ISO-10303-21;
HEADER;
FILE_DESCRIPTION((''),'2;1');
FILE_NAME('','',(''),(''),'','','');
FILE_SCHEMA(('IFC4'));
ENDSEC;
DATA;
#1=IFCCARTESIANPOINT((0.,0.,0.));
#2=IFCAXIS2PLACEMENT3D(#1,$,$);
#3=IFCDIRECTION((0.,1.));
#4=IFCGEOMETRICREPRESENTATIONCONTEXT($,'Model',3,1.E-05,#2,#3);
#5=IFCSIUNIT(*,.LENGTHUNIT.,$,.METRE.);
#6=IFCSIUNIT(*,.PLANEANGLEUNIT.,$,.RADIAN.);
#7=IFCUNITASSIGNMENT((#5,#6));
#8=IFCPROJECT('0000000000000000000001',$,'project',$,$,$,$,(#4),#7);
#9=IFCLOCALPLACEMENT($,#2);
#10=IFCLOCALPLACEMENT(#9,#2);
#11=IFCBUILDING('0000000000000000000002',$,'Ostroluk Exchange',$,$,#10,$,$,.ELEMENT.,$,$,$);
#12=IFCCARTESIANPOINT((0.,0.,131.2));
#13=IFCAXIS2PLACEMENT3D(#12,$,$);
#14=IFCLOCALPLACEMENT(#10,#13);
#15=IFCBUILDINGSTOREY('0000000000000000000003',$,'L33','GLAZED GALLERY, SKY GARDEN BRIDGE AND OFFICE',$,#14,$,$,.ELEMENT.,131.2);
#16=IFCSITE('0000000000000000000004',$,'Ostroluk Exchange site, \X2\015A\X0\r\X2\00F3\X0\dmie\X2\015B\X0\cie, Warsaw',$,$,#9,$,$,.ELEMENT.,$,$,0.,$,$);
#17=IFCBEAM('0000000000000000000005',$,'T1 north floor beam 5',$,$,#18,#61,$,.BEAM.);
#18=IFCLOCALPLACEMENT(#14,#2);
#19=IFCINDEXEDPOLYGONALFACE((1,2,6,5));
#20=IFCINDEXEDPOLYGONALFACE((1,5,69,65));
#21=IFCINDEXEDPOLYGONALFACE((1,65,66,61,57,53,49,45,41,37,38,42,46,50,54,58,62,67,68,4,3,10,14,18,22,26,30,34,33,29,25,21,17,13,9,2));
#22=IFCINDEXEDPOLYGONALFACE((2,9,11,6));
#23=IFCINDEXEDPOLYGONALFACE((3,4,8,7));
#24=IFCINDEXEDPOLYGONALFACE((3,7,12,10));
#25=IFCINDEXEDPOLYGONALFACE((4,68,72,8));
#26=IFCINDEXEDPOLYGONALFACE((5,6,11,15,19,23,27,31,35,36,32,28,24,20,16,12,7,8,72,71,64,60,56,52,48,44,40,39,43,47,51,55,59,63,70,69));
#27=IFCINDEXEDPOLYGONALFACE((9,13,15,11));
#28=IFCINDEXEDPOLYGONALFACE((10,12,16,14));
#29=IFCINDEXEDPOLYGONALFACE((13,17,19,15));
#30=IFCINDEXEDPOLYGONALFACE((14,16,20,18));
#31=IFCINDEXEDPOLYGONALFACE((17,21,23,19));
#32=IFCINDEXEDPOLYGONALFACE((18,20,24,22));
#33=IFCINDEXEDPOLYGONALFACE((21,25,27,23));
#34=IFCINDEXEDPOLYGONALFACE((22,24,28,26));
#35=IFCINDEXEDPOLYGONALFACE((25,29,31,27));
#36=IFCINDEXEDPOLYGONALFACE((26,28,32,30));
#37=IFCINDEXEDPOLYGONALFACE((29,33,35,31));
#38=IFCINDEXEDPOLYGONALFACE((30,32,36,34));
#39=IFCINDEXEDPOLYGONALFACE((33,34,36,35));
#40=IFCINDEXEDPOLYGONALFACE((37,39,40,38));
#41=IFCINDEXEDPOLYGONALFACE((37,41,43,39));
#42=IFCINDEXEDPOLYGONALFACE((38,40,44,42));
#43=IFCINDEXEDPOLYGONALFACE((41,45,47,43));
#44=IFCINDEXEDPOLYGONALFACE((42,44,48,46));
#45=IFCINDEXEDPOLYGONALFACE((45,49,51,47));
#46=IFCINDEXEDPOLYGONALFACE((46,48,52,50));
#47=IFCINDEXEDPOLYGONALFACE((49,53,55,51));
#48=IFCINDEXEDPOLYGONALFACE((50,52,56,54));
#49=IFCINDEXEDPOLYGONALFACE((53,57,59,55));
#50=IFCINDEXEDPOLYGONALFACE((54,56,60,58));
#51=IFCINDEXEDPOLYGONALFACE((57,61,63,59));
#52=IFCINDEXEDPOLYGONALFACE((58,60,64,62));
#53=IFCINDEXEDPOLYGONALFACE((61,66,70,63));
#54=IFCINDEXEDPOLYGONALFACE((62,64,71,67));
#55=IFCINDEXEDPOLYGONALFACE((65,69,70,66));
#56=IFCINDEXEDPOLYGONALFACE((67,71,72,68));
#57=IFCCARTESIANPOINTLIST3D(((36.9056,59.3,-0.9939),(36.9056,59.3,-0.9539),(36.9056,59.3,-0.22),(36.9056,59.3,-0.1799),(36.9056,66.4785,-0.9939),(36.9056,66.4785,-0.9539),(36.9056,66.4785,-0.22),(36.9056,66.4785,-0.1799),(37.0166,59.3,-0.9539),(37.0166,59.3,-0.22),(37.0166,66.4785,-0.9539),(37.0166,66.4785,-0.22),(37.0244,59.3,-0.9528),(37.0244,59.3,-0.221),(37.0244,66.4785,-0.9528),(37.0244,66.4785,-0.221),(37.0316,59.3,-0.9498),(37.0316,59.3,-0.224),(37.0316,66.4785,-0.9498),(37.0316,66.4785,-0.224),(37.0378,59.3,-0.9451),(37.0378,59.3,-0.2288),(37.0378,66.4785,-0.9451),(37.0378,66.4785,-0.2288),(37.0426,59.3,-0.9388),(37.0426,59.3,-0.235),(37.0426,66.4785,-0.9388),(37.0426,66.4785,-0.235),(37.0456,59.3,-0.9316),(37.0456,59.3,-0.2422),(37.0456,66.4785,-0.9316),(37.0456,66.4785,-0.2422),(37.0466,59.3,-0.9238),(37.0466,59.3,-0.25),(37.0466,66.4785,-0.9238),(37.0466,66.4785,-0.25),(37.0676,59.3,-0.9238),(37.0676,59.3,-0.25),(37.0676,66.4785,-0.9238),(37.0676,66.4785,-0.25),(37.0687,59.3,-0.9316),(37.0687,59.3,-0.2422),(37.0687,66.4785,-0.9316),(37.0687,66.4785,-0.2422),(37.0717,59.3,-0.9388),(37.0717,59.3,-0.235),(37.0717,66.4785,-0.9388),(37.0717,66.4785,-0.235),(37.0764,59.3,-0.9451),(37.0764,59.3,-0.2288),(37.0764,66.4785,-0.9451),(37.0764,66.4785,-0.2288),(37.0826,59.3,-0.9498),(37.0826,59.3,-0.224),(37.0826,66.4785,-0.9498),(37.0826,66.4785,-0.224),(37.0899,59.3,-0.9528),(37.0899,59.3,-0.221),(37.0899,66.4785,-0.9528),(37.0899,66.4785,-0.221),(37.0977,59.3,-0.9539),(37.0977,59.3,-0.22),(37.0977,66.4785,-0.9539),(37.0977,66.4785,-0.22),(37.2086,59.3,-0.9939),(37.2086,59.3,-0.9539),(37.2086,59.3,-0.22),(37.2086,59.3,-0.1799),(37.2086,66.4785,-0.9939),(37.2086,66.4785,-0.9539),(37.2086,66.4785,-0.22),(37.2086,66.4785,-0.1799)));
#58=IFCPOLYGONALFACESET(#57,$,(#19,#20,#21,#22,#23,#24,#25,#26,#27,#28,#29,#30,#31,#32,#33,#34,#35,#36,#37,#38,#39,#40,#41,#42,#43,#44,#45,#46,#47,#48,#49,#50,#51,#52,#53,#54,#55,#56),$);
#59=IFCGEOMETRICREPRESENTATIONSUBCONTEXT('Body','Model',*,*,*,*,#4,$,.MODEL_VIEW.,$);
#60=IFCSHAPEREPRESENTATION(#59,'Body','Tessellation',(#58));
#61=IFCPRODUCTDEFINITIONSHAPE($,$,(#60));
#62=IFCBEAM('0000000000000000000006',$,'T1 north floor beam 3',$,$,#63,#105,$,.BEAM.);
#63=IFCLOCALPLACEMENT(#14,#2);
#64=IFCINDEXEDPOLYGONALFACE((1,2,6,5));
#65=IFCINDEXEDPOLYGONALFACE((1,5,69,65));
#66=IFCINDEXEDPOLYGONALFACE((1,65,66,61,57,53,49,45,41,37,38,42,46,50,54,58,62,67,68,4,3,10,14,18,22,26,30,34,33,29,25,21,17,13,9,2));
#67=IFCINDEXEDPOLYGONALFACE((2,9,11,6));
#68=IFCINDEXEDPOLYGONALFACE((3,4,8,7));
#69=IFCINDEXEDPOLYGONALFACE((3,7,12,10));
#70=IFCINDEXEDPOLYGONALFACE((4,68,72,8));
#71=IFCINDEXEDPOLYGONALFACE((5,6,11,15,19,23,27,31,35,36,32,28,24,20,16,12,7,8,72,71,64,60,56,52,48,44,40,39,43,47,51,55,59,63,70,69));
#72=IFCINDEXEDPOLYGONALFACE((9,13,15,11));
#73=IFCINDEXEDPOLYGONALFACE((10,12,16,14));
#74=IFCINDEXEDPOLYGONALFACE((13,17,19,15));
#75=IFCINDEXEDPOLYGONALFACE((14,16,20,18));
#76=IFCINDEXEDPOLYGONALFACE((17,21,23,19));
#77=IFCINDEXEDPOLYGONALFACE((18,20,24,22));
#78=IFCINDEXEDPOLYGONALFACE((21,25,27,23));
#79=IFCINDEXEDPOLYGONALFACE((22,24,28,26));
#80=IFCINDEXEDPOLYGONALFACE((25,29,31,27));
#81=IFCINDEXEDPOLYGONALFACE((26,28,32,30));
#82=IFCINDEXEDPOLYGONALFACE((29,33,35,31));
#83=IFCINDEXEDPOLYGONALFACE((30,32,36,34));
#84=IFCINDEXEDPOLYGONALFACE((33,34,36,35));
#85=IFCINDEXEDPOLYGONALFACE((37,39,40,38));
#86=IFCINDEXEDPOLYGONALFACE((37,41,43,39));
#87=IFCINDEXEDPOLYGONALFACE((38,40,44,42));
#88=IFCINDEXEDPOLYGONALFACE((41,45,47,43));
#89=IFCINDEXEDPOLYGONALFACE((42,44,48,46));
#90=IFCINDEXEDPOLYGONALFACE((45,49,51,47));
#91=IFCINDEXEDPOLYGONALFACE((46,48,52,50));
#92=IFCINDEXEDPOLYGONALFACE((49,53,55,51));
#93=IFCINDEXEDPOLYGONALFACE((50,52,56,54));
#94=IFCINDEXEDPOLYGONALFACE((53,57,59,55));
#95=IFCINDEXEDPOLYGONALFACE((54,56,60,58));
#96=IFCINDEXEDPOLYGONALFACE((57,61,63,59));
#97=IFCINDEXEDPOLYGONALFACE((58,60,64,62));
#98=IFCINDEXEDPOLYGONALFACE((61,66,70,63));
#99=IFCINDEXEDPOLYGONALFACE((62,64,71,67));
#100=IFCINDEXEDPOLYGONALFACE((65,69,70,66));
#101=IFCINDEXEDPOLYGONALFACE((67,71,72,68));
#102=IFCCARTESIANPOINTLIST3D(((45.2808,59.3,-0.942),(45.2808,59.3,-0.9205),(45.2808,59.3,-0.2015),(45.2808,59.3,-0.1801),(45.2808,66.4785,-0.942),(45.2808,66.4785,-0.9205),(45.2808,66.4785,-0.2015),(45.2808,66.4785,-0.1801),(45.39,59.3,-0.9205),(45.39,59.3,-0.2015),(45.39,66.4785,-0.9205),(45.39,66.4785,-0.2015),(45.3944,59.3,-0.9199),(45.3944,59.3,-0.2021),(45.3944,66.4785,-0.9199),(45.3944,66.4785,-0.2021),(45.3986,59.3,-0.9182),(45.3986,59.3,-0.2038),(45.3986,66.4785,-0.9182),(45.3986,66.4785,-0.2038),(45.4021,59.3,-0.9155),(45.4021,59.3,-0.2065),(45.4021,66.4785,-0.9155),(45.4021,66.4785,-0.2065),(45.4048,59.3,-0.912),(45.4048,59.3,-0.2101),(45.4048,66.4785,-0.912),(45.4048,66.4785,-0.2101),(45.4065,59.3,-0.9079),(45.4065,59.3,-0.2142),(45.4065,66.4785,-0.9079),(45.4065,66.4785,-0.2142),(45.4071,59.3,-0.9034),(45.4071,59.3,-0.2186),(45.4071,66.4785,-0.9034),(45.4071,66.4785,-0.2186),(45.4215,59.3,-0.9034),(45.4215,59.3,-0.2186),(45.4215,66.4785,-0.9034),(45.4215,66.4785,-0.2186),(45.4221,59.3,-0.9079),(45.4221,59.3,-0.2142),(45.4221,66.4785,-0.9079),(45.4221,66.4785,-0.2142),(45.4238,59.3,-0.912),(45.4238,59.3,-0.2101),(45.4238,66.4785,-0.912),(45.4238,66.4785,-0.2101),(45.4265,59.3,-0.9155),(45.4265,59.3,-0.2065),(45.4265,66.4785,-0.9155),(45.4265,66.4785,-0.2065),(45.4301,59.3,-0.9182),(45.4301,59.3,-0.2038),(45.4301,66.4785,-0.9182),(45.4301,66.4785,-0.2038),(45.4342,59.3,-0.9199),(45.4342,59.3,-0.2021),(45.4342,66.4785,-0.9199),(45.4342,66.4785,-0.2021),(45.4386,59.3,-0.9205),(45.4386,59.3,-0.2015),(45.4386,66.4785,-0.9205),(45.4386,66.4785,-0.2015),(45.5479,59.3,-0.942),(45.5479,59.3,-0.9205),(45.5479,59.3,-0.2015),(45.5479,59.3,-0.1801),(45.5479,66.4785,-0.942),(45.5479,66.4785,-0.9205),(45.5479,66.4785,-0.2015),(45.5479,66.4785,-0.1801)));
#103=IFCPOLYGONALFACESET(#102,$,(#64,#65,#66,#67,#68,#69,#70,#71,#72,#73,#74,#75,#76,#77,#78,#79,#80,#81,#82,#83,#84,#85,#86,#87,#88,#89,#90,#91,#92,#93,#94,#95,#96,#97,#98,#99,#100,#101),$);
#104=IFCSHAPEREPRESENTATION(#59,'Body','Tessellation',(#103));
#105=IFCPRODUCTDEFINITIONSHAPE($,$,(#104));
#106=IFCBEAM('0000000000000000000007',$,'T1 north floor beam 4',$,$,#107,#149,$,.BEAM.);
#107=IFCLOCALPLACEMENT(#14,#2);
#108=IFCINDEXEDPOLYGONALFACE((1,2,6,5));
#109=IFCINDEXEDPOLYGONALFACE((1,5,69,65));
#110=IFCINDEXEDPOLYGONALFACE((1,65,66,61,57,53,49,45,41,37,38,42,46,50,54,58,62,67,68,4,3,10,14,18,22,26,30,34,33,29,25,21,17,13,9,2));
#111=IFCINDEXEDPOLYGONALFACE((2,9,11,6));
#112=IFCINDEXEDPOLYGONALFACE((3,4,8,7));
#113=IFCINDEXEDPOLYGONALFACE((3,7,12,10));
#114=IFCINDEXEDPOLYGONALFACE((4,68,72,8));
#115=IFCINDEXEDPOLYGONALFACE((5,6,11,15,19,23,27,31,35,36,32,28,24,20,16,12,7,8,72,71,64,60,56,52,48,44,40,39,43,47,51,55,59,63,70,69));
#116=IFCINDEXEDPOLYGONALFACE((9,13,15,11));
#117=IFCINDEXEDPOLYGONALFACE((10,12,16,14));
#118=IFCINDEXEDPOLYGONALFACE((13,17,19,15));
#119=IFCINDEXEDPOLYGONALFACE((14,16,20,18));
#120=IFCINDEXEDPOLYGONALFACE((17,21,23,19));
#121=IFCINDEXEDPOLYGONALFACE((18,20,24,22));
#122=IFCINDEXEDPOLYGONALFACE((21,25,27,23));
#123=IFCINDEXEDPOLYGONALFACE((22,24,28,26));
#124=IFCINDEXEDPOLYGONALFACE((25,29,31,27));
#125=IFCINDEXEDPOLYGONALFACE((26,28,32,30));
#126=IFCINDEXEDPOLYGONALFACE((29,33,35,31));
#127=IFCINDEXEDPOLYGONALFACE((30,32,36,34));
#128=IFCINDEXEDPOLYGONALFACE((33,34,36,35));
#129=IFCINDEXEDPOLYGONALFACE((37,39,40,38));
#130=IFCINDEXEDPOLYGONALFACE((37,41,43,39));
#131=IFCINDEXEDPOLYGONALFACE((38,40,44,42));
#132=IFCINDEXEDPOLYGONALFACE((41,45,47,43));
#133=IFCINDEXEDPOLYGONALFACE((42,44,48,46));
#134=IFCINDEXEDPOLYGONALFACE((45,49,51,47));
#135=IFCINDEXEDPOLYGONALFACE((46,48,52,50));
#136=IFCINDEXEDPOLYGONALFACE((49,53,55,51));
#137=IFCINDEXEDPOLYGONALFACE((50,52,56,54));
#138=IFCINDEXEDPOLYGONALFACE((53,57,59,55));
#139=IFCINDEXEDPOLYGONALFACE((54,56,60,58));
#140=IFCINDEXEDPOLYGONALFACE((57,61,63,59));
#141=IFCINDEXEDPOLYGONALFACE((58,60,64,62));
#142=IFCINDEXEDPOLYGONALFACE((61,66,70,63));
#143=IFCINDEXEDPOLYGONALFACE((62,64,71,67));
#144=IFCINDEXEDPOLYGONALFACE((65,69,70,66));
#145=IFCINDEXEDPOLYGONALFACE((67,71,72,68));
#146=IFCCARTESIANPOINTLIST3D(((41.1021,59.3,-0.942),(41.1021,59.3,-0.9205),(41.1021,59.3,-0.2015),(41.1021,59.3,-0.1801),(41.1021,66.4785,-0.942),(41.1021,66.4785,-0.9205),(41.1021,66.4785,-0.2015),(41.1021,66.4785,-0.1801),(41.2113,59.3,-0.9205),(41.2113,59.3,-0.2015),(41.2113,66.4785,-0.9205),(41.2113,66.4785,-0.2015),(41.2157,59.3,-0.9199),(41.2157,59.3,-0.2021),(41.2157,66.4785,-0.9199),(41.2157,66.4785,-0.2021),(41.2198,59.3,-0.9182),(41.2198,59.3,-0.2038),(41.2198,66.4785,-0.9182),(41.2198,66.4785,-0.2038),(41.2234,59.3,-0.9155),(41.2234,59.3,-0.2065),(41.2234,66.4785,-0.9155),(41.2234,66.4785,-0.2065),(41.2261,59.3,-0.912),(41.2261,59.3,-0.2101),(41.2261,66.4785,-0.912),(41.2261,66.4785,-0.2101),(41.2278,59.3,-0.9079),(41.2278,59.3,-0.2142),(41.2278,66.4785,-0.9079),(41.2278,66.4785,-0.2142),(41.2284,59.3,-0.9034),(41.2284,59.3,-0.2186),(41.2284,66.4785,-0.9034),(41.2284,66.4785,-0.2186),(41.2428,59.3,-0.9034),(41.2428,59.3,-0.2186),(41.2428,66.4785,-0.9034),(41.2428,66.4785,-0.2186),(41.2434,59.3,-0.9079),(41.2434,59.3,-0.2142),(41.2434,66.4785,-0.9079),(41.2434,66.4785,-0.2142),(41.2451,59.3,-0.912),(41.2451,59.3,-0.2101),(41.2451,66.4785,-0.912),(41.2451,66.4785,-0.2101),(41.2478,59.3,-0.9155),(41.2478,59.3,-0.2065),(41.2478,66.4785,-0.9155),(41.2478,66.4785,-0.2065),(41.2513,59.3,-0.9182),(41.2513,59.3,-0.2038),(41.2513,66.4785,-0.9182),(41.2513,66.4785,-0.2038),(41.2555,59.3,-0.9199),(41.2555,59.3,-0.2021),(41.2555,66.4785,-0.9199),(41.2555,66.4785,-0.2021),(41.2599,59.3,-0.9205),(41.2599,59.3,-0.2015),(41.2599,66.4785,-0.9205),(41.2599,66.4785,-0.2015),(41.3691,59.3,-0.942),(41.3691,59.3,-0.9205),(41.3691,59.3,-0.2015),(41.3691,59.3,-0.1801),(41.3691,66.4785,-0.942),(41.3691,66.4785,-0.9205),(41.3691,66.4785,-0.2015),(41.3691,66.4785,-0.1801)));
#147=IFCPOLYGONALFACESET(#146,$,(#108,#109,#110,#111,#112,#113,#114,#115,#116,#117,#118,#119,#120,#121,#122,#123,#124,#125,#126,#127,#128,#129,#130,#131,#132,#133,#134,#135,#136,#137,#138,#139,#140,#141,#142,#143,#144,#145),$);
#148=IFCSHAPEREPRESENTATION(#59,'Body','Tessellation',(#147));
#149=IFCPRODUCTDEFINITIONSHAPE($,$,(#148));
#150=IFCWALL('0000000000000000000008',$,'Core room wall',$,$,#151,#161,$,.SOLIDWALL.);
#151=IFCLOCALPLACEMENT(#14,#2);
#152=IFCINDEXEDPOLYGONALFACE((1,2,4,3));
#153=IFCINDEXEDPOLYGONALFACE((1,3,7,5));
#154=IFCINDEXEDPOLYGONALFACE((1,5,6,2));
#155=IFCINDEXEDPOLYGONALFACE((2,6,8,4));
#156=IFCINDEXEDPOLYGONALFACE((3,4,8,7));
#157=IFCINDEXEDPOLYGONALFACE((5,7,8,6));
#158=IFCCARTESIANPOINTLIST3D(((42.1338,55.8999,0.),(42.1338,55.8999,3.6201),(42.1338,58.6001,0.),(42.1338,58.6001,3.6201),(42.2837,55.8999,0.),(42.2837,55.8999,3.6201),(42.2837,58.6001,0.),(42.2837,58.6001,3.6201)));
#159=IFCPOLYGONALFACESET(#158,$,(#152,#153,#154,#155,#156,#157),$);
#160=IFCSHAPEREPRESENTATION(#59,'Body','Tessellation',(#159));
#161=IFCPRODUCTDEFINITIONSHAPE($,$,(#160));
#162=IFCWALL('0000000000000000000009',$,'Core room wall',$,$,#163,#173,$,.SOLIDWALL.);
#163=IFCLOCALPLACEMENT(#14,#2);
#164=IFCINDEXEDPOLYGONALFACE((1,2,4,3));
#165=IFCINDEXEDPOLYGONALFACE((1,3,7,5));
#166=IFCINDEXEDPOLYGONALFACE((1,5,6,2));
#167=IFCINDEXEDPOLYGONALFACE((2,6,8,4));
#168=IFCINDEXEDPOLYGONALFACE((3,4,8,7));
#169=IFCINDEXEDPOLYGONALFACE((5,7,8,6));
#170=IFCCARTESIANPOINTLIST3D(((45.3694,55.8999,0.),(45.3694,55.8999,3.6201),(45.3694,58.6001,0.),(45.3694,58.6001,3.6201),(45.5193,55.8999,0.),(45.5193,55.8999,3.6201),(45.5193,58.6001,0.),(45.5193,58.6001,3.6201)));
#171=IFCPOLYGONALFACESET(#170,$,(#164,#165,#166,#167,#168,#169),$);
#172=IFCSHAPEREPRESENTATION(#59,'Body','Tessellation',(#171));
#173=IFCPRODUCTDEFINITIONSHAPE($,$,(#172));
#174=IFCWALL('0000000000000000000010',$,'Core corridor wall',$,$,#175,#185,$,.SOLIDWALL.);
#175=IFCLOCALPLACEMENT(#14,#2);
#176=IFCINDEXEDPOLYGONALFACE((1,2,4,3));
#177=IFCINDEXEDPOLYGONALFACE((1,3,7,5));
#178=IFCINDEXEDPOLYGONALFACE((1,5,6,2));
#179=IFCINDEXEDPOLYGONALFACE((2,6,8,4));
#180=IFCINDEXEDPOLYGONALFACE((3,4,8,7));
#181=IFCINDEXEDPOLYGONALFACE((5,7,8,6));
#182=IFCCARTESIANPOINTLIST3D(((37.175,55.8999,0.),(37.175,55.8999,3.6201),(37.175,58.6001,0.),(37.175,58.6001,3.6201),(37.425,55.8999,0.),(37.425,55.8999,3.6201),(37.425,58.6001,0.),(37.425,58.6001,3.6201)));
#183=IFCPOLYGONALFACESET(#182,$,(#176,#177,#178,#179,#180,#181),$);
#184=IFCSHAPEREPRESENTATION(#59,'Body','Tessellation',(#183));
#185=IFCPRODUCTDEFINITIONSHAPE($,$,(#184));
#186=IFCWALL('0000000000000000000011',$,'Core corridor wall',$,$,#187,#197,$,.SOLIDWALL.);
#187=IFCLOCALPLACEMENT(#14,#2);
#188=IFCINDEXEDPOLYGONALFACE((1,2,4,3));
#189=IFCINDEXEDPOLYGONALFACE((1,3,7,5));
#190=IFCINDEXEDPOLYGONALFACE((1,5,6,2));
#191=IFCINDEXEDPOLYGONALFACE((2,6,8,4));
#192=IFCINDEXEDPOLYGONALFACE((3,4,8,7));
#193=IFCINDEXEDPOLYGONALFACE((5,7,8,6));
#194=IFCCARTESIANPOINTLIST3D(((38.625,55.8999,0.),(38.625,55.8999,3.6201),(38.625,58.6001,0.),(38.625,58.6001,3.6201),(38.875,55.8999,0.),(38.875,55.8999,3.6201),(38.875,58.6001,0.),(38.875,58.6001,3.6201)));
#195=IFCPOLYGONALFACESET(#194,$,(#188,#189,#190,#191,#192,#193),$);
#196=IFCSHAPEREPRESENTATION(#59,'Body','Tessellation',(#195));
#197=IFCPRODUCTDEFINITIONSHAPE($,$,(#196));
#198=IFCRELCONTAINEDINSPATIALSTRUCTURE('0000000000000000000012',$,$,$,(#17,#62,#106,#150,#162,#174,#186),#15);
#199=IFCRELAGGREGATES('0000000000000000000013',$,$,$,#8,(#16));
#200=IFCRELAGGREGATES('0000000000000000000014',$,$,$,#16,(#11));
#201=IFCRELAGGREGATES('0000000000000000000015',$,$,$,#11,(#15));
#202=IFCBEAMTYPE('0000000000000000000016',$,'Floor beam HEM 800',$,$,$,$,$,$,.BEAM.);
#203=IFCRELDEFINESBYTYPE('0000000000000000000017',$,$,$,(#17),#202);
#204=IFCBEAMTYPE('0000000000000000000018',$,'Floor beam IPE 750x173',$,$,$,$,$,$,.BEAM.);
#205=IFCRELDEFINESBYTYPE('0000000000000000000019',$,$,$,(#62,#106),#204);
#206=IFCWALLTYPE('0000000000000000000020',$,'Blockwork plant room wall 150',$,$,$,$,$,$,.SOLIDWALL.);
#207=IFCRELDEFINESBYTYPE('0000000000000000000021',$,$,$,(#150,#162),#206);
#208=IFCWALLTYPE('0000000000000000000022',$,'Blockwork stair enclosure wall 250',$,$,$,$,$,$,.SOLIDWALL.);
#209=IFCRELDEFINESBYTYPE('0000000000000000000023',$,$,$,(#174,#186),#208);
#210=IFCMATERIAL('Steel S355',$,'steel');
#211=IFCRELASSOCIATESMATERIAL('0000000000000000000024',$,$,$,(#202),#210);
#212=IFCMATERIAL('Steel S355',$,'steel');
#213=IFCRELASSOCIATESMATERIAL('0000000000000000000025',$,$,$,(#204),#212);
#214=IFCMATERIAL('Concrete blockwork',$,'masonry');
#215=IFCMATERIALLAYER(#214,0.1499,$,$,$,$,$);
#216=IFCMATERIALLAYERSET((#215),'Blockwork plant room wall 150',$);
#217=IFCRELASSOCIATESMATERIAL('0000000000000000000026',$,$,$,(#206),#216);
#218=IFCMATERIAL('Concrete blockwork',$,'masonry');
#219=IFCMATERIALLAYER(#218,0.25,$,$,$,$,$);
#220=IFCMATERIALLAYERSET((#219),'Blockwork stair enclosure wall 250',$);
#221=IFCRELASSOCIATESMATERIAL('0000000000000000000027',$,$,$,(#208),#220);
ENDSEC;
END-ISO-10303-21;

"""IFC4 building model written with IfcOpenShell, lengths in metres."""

from ifc_helpers import new_model, si_unit, direction, frame, frame_2d, origin, origin_2d, place, context, subcontext, project, spatial, rectangle, i_section, extrude, material, layer, layer_set, material_profile, profile_set, type_object, element, save


model = new_model("IFC4")

# Units and contexts
model_context = context("Model", 3, precision=1e-05, world=origin(), true_north=direction((0.0, 1.0)))
body_context = subcontext(model_context, "Body", "Model", "MODEL_VIEW")
ifc_project = project(units=[si_unit("LENGTHUNIT", "METRE"), si_unit("PLANEANGLEUNIT", "RADIAN")], contexts=[model_context])

# Site, building, storey
site_placement = place(None, origin())
site = spatial("IfcSite", under=ifc_project, at=site_placement, Name="Ostroluk Exchange site, Śródmieście, Warsaw", CompositionType="ELEMENT", RefElevation=0.0)
building_placement = place(site_placement, origin())
building = spatial("IfcBuilding", under=site, at=building_placement, Name="Ostroluk Exchange", CompositionType="ELEMENT")
storey_placement = place(building_placement, frame((0.0, 0.0, 131.2)))
storey = spatial("IfcBuildingStorey", under=building, at=storey_placement, Name="L33", Description="GLAZED GALLERY, SKY GARDEN BRIDGE AND OFFICE", CompositionType="ELEMENT", Elevation=131.2)

# Beams
ifc_material_1 = material(Name="Steel S355", Category="steel")
ifc_material_profile_1 = material_profile(ifc_material_1, i_section(OverallWidth=0.303, OverallDepth=0.814, WebThickness=0.021, FlangeThickness=0.04, FilletRadius=0.03, at=origin_2d()), Name="HEM 800")
ifc_profile_set_1 = profile_set([ifc_material_profile_1], Name="Steel S355")
beam_type_1 = type_object("IfcBeamType", Name="Floor beam HEM 800", PredefinedType="BEAM", material=ifc_profile_set_1)
beam_placement = place(storey_placement, frame((37.0571, 59.3, -0.5869), z_axis=(0.0, 1.0, 0.0), x_axis=(-1.0, 0.0, 0.0)))
element("IfcBeam", 1, at=beam_placement, inside=storey, type_object=beam_type_1, Name="T1 north floor beam 5", PredefinedType="BEAM", context=body_context, shape_type="SweptSolid", body=[
    extrude(i_section(OverallWidth=0.303, OverallDepth=0.814, WebThickness=0.021, FlangeThickness=0.04, FilletRadius=0.03, at=origin_2d()), origin(), (0.0, 0.0, 1.0), 7.1785),
])
ifc_material_2 = material(Name="Steel S355", Category="steel")
ifc_material_profile_2 = material_profile(ifc_material_2, i_section(OverallWidth=0.2671, OverallDepth=0.762, WebThickness=0.0144, FlangeThickness=0.0215, FilletRadius=0.0171, at=origin_2d()), Name="IPE 750x173")
ifc_profile_set_2 = profile_set([ifc_material_profile_2], Name="Steel S355")
beam_type_2 = type_object("IfcBeamType", Name="Floor beam IPE 750x173", PredefinedType="BEAM", material=ifc_profile_set_2)
for number, where, z_axis, x_axis, name in (
    (2, (45.4143, 59.3, -0.561), (0.0, 1.0, 0.0), (-1.0, 0.0, 0.0), "T1 north floor beam 3"),
    (3, (41.2356, 59.3, -0.561), (0.0, 1.0, 0.0), (-1.0, 0.0, 0.0), "T1 north floor beam 4"),
):
    element("IfcBeam", number, at=place(storey_placement, frame(where, z_axis=z_axis, x_axis=x_axis)), inside=storey, type_object=beam_type_2, Name=name, PredefinedType="BEAM", context=body_context, shape_type="SweptSolid", body=[
        extrude(i_section(OverallWidth=0.2671, OverallDepth=0.762, WebThickness=0.0144, FlangeThickness=0.0215, FilletRadius=0.0171, at=origin_2d()), origin(), (0.0, 0.0, 1.0), 7.1785),
    ])

# Walls
ifc_material_3 = material(Name="Concrete blockwork", Category="masonry")
ifc_layer_1 = layer(ifc_material_3, 0.1499)
ifc_layer_set_1 = layer_set([ifc_layer_1], Name="Blockwork plant room wall 150")
wall_type_1 = type_object("IfcWallType", Name="Blockwork plant room wall 150", PredefinedType="SOLIDWALL", material=ifc_layer_set_1)
for number, where, z_axis, x_axis, name in (
    (4, (42.2087, 55.8999, 0.0), (0.0, 0.0, 1.0), (0.0, 1.0, 0.0), "Core room wall"),
    (5, (45.4443, 55.8999, 0.0), (0.0, 0.0, 1.0), (0.0, 1.0, 0.0), "Core room wall"),
):
    element("IfcWall", number, at=place(storey_placement, frame(where, z_axis=z_axis, x_axis=x_axis)), inside=storey, type_object=wall_type_1, Name=name, PredefinedType="SOLIDWALL", context=body_context, shape_type="SweptSolid", body=[
        extrude(rectangle(XDim=2.7002, YDim=0.1499, at=frame_2d((1.3501, 0.0))), origin(), (0.0, 0.0, 1.0), 3.6201),
    ])
ifc_material_4 = material(Name="Concrete blockwork", Category="masonry")
ifc_layer_2 = layer(ifc_material_4, 0.25)
ifc_layer_set_2 = layer_set([ifc_layer_2], Name="Blockwork stair enclosure wall 250")
wall_type_2 = type_object("IfcWallType", Name="Blockwork stair enclosure wall 250", PredefinedType="SOLIDWALL", material=ifc_layer_set_2)
for number, where, z_axis, x_axis, name in (
    (6, (37.3, 55.8999, 0.0), (0.0, 0.0, 1.0), (0.0, 1.0, 0.0), "Core corridor wall"),
    (7, (38.75, 55.8999, 0.0), (0.0, 0.0, 1.0), (0.0, 1.0, 0.0), "Core corridor wall"),
):
    element("IfcWall", number, at=place(storey_placement, frame(where, z_axis=z_axis, x_axis=x_axis)), inside=storey, type_object=wall_type_2, Name=name, PredefinedType="SOLIDWALL", context=body_context, shape_type="SweptSolid", body=[
        extrude(rectangle(XDim=2.7002, YDim=0.25, at=frame_2d((1.3501, 0.0))), origin(), (0.0, 0.0, 1.0), 3.6201),
    ])

save(model, "model.ifc")
